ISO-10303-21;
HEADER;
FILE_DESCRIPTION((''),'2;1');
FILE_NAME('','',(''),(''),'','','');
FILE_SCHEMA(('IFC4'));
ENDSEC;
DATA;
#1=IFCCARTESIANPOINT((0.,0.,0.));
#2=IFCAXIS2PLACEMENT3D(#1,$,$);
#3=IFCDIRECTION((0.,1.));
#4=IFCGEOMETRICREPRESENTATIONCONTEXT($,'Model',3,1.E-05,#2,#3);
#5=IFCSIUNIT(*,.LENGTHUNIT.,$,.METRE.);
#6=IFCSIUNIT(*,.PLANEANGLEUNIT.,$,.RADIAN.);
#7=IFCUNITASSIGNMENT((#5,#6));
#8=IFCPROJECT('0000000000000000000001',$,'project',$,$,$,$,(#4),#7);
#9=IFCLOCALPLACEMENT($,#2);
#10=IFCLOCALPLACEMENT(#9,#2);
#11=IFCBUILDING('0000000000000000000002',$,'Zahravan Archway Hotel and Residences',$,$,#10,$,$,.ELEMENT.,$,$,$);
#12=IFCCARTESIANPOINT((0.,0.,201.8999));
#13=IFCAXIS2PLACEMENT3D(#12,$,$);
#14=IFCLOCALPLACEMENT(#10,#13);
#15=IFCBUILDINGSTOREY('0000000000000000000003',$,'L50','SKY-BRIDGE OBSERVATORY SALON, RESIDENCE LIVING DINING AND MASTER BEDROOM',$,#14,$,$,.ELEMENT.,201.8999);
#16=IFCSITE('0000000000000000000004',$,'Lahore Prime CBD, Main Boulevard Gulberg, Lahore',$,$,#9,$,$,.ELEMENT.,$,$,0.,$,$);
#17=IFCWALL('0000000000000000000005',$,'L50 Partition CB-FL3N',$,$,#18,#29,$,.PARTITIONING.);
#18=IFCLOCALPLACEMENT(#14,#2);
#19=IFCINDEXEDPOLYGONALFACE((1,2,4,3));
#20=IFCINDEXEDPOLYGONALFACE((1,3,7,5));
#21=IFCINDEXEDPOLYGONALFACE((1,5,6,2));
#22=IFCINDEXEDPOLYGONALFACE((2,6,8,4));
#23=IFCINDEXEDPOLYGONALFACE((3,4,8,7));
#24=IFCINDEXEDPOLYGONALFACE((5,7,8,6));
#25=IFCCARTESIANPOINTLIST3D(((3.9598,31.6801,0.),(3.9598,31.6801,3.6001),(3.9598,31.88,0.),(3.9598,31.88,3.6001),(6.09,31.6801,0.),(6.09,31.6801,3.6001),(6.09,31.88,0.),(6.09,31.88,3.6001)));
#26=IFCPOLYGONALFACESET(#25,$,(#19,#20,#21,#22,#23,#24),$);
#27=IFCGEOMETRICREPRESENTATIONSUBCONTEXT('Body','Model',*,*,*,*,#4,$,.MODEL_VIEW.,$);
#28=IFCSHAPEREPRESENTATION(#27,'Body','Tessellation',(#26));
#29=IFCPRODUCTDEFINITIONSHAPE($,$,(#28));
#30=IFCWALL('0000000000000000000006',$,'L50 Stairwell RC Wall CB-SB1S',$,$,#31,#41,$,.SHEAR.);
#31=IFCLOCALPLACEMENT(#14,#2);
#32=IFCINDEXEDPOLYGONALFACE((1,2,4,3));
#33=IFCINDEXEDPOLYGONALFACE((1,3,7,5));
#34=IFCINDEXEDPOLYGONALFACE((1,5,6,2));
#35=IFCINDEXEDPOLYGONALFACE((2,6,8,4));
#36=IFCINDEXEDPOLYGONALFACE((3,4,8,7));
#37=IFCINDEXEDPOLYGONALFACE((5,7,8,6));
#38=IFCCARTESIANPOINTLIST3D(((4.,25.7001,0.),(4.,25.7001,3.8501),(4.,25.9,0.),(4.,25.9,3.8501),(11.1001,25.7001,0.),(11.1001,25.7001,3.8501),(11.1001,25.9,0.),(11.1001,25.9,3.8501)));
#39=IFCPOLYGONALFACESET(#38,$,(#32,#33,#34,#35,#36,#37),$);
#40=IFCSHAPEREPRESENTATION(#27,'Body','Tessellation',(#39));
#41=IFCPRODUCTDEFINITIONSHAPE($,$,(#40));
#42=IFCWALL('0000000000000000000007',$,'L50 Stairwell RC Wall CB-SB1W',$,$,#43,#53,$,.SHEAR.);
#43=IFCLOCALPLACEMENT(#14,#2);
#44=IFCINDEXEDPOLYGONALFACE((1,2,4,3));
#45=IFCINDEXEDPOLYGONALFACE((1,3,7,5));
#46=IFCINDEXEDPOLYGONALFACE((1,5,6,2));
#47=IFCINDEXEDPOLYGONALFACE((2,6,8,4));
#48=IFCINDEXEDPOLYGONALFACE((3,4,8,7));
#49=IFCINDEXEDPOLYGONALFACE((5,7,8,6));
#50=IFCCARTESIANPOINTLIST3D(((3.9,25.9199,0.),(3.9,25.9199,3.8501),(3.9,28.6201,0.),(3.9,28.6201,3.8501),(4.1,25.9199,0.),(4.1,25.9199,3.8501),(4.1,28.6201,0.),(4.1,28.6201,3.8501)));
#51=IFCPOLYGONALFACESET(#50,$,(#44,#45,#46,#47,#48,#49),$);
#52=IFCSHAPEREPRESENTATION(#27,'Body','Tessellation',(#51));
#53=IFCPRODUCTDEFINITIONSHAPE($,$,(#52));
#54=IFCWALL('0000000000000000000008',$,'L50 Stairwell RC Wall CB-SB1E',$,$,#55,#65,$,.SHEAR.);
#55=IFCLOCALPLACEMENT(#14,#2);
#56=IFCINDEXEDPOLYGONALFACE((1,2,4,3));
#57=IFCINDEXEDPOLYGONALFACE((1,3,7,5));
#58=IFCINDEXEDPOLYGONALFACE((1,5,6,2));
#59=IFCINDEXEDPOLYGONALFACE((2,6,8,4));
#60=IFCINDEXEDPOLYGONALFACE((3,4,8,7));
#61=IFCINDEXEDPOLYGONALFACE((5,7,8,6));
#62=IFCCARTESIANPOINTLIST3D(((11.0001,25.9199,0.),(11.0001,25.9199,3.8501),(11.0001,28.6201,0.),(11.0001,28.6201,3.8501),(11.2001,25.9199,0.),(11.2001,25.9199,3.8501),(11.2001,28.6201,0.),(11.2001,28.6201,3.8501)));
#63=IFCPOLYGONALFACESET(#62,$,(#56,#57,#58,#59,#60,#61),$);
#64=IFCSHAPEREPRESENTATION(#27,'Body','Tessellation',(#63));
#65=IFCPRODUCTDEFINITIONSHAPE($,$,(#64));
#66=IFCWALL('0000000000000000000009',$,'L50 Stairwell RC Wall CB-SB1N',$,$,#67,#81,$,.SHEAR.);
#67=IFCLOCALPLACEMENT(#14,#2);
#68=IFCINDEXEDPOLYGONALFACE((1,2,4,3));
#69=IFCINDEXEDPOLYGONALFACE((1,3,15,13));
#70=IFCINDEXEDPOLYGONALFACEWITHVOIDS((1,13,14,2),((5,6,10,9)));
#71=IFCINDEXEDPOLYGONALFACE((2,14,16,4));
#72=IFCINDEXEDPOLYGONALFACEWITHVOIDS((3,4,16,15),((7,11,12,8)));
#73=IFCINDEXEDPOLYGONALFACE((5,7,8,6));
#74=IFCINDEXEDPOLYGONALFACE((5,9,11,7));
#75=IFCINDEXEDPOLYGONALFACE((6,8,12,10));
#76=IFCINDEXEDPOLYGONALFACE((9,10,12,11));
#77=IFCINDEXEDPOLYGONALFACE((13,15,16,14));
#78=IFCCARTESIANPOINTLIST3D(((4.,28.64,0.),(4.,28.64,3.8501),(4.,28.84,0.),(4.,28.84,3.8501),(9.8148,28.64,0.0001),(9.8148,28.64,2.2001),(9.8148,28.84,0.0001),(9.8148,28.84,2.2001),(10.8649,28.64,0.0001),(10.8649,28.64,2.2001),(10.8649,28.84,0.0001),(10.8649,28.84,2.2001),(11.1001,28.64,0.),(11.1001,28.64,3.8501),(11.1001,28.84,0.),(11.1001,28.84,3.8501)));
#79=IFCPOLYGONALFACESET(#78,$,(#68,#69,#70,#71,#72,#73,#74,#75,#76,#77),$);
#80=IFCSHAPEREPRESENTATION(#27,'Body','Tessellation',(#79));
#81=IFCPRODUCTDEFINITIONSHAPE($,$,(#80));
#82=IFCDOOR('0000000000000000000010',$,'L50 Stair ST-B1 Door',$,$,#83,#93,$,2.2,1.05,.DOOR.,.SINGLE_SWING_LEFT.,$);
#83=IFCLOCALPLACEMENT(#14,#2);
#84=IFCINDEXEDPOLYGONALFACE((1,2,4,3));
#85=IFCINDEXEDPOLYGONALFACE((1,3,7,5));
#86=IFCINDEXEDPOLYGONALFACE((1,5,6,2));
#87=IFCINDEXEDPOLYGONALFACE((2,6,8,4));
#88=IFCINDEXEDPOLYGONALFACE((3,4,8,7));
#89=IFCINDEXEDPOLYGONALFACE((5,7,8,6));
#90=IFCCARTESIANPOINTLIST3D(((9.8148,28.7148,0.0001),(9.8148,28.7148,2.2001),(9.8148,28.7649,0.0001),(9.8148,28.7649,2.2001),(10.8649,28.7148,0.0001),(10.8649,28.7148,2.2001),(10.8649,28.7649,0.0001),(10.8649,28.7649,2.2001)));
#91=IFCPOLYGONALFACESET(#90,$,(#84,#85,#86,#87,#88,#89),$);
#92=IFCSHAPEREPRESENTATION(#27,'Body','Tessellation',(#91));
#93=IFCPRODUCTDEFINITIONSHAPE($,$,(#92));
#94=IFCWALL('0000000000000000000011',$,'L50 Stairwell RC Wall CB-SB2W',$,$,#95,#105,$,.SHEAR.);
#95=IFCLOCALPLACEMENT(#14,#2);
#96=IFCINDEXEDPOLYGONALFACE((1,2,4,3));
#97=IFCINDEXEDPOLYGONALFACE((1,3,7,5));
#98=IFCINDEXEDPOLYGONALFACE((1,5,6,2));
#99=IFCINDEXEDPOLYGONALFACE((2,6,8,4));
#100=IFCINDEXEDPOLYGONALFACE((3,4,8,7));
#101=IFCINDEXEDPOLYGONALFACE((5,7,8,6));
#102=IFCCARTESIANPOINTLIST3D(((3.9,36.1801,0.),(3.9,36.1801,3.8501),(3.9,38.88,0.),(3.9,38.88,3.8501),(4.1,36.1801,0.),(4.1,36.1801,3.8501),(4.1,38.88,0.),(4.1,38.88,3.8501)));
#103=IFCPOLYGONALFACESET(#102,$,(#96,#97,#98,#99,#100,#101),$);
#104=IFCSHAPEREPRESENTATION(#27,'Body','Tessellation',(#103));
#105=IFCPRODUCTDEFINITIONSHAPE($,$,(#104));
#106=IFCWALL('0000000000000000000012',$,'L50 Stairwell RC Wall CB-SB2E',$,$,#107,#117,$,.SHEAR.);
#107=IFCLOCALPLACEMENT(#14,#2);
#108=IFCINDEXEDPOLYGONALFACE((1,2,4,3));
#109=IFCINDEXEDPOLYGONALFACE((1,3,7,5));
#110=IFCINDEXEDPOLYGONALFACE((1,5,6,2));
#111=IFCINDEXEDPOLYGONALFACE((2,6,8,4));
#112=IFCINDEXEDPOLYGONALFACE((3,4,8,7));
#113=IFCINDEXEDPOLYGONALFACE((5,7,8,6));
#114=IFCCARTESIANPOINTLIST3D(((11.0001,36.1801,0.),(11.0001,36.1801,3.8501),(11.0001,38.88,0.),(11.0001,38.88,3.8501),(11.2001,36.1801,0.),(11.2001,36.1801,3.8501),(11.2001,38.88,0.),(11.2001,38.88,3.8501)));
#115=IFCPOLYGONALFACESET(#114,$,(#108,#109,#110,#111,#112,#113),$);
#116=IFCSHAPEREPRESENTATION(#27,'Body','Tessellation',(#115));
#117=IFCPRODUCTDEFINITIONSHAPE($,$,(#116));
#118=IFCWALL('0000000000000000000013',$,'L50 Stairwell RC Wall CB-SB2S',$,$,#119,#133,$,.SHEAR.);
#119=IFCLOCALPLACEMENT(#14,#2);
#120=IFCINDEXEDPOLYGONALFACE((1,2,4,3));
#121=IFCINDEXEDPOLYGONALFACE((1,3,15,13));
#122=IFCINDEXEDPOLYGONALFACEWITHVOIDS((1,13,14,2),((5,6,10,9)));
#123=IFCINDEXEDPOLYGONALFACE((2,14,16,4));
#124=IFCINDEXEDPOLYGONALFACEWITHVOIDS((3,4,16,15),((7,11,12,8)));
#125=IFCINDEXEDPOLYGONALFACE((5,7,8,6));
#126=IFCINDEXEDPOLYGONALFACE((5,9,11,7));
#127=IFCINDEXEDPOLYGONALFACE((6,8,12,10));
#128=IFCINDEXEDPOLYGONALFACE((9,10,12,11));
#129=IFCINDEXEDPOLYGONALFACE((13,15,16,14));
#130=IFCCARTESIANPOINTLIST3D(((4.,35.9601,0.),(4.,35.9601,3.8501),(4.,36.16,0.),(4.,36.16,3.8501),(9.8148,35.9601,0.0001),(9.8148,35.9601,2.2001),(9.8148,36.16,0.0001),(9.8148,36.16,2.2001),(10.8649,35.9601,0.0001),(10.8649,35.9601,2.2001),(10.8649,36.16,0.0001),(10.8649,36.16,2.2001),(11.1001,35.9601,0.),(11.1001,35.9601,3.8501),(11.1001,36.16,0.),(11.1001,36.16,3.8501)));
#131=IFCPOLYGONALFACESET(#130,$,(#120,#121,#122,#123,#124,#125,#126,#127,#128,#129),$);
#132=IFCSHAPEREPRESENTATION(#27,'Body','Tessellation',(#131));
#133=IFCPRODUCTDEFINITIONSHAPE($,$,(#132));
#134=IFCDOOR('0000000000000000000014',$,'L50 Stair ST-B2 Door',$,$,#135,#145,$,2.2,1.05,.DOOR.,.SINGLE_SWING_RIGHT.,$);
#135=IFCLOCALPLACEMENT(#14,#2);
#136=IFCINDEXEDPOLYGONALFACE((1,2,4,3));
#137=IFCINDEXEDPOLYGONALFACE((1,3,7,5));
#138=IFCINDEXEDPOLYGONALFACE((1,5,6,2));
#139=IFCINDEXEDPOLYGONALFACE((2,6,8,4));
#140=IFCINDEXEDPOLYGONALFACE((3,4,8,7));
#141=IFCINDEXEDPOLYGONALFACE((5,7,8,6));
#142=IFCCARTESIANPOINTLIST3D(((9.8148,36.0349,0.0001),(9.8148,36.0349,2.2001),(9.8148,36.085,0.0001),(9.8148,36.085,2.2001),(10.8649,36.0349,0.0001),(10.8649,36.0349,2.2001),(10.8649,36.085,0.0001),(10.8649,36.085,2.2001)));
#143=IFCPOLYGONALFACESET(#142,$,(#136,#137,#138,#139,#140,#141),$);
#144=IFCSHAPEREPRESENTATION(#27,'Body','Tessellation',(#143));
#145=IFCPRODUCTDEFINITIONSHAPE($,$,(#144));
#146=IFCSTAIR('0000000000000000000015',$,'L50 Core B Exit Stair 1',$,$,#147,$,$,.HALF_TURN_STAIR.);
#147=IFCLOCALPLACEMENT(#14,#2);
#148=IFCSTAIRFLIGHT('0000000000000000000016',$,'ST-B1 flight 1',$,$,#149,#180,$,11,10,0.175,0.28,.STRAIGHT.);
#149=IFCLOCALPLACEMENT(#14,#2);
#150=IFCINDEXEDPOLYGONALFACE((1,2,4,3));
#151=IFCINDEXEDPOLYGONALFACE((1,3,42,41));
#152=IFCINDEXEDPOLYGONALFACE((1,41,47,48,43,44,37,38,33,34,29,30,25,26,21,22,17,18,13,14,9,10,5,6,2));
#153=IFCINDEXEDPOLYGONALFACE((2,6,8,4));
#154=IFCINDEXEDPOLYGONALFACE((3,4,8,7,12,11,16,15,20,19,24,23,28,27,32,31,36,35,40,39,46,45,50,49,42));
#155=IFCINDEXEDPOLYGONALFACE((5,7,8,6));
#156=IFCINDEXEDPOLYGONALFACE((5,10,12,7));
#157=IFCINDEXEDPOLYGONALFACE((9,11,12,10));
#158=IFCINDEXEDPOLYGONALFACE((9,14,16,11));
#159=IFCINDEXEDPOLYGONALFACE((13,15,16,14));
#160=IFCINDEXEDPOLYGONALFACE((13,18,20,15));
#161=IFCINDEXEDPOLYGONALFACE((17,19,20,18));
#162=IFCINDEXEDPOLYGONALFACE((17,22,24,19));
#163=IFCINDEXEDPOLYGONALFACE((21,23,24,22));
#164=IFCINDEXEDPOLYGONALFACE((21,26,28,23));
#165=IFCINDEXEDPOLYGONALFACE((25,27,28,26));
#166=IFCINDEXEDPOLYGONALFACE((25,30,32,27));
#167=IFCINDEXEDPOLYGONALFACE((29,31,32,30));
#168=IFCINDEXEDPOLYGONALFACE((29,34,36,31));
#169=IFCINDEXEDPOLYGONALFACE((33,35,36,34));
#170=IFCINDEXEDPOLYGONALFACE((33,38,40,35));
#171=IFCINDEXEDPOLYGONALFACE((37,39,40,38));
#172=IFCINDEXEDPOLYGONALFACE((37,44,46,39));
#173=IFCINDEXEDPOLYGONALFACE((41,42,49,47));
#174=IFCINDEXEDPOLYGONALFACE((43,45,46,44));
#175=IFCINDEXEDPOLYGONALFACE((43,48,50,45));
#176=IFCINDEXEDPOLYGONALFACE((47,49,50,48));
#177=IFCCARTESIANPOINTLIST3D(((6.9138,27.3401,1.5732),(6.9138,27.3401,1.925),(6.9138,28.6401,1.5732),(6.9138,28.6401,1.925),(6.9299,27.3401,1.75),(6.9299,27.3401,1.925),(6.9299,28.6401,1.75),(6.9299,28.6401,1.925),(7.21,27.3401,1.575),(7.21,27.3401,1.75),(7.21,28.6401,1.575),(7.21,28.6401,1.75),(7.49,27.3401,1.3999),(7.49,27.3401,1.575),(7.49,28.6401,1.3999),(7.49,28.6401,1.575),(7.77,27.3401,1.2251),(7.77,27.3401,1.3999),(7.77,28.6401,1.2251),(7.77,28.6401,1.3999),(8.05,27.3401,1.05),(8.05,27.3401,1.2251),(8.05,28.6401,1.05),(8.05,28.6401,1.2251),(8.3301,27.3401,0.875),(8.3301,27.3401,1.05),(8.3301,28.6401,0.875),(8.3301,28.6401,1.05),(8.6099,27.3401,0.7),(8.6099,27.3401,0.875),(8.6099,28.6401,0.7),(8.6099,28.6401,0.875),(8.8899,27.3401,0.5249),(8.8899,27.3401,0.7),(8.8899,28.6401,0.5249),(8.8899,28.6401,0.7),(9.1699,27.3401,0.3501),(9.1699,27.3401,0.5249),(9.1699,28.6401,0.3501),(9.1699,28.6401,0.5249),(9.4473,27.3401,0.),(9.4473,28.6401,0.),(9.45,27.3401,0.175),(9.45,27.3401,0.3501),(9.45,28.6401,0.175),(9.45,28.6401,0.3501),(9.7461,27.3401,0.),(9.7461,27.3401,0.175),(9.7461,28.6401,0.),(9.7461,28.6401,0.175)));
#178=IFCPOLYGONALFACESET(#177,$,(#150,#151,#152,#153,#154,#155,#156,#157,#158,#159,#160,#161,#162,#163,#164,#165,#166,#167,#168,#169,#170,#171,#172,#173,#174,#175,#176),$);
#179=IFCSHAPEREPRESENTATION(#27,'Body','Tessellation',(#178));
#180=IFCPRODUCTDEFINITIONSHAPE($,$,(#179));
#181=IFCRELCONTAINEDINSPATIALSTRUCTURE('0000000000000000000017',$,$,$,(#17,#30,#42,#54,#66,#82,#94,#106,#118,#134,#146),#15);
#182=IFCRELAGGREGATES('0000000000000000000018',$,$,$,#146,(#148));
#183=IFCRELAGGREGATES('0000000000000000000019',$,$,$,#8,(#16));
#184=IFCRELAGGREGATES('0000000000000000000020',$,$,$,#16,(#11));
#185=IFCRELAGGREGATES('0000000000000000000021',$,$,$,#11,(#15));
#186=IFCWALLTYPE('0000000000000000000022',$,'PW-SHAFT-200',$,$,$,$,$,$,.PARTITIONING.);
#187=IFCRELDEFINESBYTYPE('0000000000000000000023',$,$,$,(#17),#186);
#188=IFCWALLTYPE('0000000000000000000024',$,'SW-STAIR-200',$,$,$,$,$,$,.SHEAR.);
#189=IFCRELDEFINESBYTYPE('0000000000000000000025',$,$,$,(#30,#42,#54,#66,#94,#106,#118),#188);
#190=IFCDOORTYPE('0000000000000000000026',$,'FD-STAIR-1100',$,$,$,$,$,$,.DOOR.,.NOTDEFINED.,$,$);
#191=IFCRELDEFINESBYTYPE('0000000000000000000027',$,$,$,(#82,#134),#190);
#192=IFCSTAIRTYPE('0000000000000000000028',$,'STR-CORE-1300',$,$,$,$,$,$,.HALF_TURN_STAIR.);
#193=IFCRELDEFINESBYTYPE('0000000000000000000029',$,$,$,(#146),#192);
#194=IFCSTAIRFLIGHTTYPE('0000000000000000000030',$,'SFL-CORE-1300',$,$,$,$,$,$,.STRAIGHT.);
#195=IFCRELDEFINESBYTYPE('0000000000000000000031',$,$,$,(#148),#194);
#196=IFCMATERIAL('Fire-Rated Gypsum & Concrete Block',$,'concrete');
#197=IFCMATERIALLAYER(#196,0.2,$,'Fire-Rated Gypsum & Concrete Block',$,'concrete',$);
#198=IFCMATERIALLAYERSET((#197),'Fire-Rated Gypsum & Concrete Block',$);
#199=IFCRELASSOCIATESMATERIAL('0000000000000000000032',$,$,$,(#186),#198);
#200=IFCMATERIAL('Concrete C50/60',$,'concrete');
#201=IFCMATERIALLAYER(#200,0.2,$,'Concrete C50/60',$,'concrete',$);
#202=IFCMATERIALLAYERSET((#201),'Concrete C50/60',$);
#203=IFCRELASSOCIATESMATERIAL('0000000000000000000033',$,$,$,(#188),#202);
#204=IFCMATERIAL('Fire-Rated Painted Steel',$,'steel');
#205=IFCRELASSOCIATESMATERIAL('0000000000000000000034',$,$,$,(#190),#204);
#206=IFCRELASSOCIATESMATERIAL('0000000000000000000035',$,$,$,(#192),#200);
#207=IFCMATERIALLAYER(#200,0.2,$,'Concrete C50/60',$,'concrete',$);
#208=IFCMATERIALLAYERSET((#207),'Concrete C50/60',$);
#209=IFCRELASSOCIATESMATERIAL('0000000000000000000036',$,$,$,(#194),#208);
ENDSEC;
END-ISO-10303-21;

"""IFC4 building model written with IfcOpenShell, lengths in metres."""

from ifc_helpers import new_model, si_unit, direction, frame, frame_2d, origin, place, context, subcontext, project, spatial, polyline, rectangle, outline, extrude, source, transform, mapped, material, layer, layer_set, type_object, type_shapes, element, fill, aggregate, save


model = new_model("IFC4")

# Units and contexts
model_context = context("Model", 3, precision=1e-05, world=origin(), true_north=direction((0.0, 1.0)))
body_context = subcontext(model_context, "Body", "Model", "MODEL_VIEW")
ifc_project = project(units=[si_unit("LENGTHUNIT", "METRE"), si_unit("PLANEANGLEUNIT", "RADIAN")], contexts=[model_context])

# Site, building, storey
site_placement = place(None, origin())
site = spatial("IfcSite", under=ifc_project, at=site_placement, Name="Lahore Prime CBD, Main Boulevard Gulberg, Lahore", CompositionType="ELEMENT", RefElevation=0.0)
building_placement = place(site_placement, origin())
building = spatial("IfcBuilding", under=site, at=building_placement, Name="Zahravan Archway Hotel and Residences", CompositionType="ELEMENT")
storey_placement = place(building_placement, frame((0.0, 0.0, 201.8999)))
storey = spatial("IfcBuildingStorey", under=building, at=storey_placement, Name="L50", Description="SKY-BRIDGE OBSERVATORY SALON, RESIDENCE LIVING DINING AND MASTER BEDROOM", CompositionType="ELEMENT", Elevation=201.8999)

# Shared definitions
ifc_material_1 = material(Name="Fire-Rated Painted Steel", Category="steel")

# Shared definitions
ifc_material_2 = material(Name="Fire-Rated Gypsum & Concrete Block", Category="concrete")
ifc_layer_1 = layer(ifc_material_2, 0.2, Name="Fire-Rated Gypsum & Concrete Block", Category="concrete")
ifc_layer_set_1 = layer_set([ifc_layer_1], Name="Fire-Rated Gypsum & Concrete Block")
wall_type_1 = type_object("IfcWallType", Name="PW-SHAFT-200", PredefinedType="PARTITIONING", material=ifc_layer_set_1)

# Walls
wall_1_placement = place(storey_placement, frame((3.96, 31.78, 0.0), z_axis=(0.0, 0.0, 1.0), x_axis=(1.0, 0.0, 0.0)))
element("IfcWall", 1, at=wall_1_placement, inside=storey, type_object=wall_type_1, Name="L50 Partition CB-FL3N", PredefinedType="PARTITIONING", context=body_context, shape_type="SweptSolid", body=[
    extrude(rectangle(XDim=2.1301, YDim=0.2, at=frame_2d((1.0649, 0.0))), origin(), (0.0, 0.0, 1.0), 3.6001),
])
ifc_material_3 = material(Name="Concrete C50/60", Category="concrete")
ifc_layer_2 = layer(ifc_material_3, 0.2, Name="Concrete C50/60", Category="concrete")
ifc_layer_set_2 = layer_set([ifc_layer_2], Name="Concrete C50/60")
wall_type_2 = type_object("IfcWallType", Name="SW-STAIR-200", PredefinedType="SHEAR", material=ifc_layer_set_2)
wall_2_placement = place(storey_placement, frame((4.0, 25.8, 0.0), z_axis=(0.0, 0.0, 1.0), x_axis=(1.0, 0.0, 0.0)))
element("IfcWall", 2, at=wall_2_placement, inside=storey, type_object=wall_type_2, Name="L50 Stairwell RC Wall CB-SB1S", PredefinedType="SHEAR", context=body_context, shape_type="SweptSolid", body=[
    extrude(rectangle(XDim=7.1001, YDim=0.2, at=frame_2d((3.55, 0.0))), origin(), (0.0, 0.0, 1.0), 3.8501),
])
for number, where, z_axis, x_axis, name in (
    (3, (4.0, 25.9199, 0.0), (0.0, 0.0, 1.0), (0.0, 1.0, 0.0), "L50 Stairwell RC Wall CB-SB1W"),
    (4, (11.1001, 25.9199, 0.0), (0.0, 0.0, 1.0), (0.0, 1.0, 0.0), "L50 Stairwell RC Wall CB-SB1E"),
):
    element("IfcWall", number, at=place(storey_placement, frame(where, z_axis=z_axis, x_axis=x_axis)), inside=storey, type_object=wall_type_2, Name=name, PredefinedType="SHEAR", context=body_context, shape_type="SweptSolid", body=[
        extrude(rectangle(XDim=2.7002, YDim=0.2, at=frame_2d((1.3501, 0.0))), origin(), (0.0, 0.0, 1.0), 3.8501),
    ])

# Wall, opening, door
wall_3_placement = place(storey_placement, frame((4.0, 28.74, 0.0), z_axis=(0.0, 0.0, 1.0), x_axis=(1.0, 0.0, 0.0)))
wall_3 = element("IfcWall", 5, at=wall_3_placement, inside=storey, type_object=wall_type_2, Name="L50 Stairwell RC Wall CB-SB1N", PredefinedType="SHEAR", context=body_context, shape_type="SweptSolid", body=[
    extrude(rectangle(XDim=7.1001, YDim=0.2, at=frame_2d((3.55, 0.0))), origin(), (0.0, 0.0, 1.0), 3.8501),
])
opening_1_placement = place(wall_3_placement, frame((5.8149, 0.0, 0.0)))
opening_1 = element("IfcOpeningElement", 6, at=opening_1_placement, cuts=wall_3, PredefinedType="OPENING", context=body_context, shape_type="SweptSolid", body=[
    extrude(rectangle(XDim=1.05, YDim=2.2, at=frame_2d((0.5249, 1.1001))), frame((0.0, 0.1099, 0.0), z_axis=(0.0, -1.0, 0.0), x_axis=(1.0, 0.0, 0.0)), (0.0, 0.0, 1.0), 0.22),
])
door_type_1 = type_object("IfcDoorType", Name="FD-STAIR-1100", OperationType="NOTDEFINED", PredefinedType="DOOR", material=ifc_material_1)
shared_shape_1 = source(origin(), body_context, "Body", "SweptSolid", [
    extrude(rectangle(XDim=1.05, YDim=2.2, at=frame_2d((0.5249, 1.1001))), frame((0.0, 0.0249, 0.0), z_axis=(0.0, -1.0, 0.0), x_axis=(1.0, 0.0, 0.0)), (0.0, 0.0, 1.0), 0.05),
])
type_shapes(door_type_1, [shared_shape_1])
door_1_placement = place(opening_1_placement, origin())
door_1 = element("IfcDoor", 7, at=door_1_placement, inside=storey, type_object=door_type_1, Name="L50 Stair ST-B1 Door", OperationType="SINGLE_SWING_LEFT", OverallHeight=2.2, OverallWidth=1.05, PredefinedType="DOOR", context=body_context, shape_type="MappedRepresentation", body=[
    mapped(shared_shape_1, transform((0.0, 0.0, 0.0), scale=1.0)),
])
fill(opening_1, door_1)

# Walls
for number, where, z_axis, x_axis, name in (
    (8, (4.0, 36.1799, 0.0), (0.0, 0.0, 1.0), (0.0, 1.0, 0.0), "L50 Stairwell RC Wall CB-SB2W"),
    (9, (11.1001, 36.1799, 0.0), (0.0, 0.0, 1.0), (0.0, 1.0, 0.0), "L50 Stairwell RC Wall CB-SB2E"),
):
    element("IfcWall", number, at=place(storey_placement, frame(where, z_axis=z_axis, x_axis=x_axis)), inside=storey, type_object=wall_type_2, Name=name, PredefinedType="SHEAR", context=body_context, shape_type="SweptSolid", body=[
        extrude(rectangle(XDim=2.7, YDim=0.2, at=frame_2d((1.3501, 0.0))), origin(), (0.0, 0.0, 1.0), 3.8501),
    ])

# Wall, opening, door
wall_4_placement = place(storey_placement, frame((4.0, 36.0601, 0.0), z_axis=(0.0, 0.0, 1.0), x_axis=(1.0, 0.0, 0.0)))
wall_4 = element("IfcWall", 10, at=wall_4_placement, inside=storey, type_object=wall_type_2, Name="L50 Stairwell RC Wall CB-SB2S", PredefinedType="SHEAR", context=body_context, shape_type="SweptSolid", body=[
    extrude(rectangle(XDim=7.1001, YDim=0.2, at=frame_2d((3.55, 0.0))), origin(), (0.0, 0.0, 1.0), 3.8501),
])
opening_2_placement = place(wall_4_placement, frame((5.8149, 0.0, 0.0)))
opening_2 = element("IfcOpeningElement", 11, at=opening_2_placement, cuts=wall_4, PredefinedType="OPENING", context=body_context, shape_type="SweptSolid", body=[
    extrude(rectangle(XDim=1.05, YDim=2.2, at=frame_2d((0.5249, 1.1001))), frame((0.0, 0.1099, 0.0), z_axis=(0.0, -1.0, 0.0), x_axis=(1.0, 0.0, 0.0)), (0.0, 0.0, 1.0), 0.22),
])
door_2_placement = place(opening_2_placement, origin())
door_2 = element("IfcDoor", 12, at=door_2_placement, inside=storey, type_object=door_type_1, Name="L50 Stair ST-B2 Door", OperationType="SINGLE_SWING_RIGHT", OverallHeight=2.2, OverallWidth=1.05, PredefinedType="DOOR", context=body_context, shape_type="MappedRepresentation", body=[
    mapped(shared_shape_1, transform((0.0, 0.0, 0.0), scale=1.0)),
])
fill(opening_2, door_2)

# Stair, stair flight
stair_type = type_object("IfcStairType", Name="STR-CORE-1300", PredefinedType="HALF_TURN_STAIR", material=ifc_material_3)
stair_placement = place(storey_placement, origin())
stair = element("IfcStair", 13, at=stair_placement, inside=storey, type_object=stair_type, Name="L50 Core B Exit Stair 1", PredefinedType="HALF_TURN_STAIR")
ifc_layer_3 = layer(ifc_material_3, 0.2, Name="Concrete C50/60", Category="concrete")
ifc_layer_set_3 = layer_set([ifc_layer_3], Name="Concrete C50/60")
stair_flight_type = type_object("IfcStairFlightType", Name="SFL-CORE-1300", PredefinedType="STRAIGHT", material=ifc_layer_set_3)
shared_shape_2 = source(origin(), body_context, "Body", "SweptSolid", [
    extrude(outline(polyline([(-0.0161, 0.0), (-0.0161, 0.175), (0.28, 0.175), (0.28, 0.3501), (0.5601, 0.3501), (0.5601, 0.5249), (0.8401, 0.5249), (0.8401, 0.7), (1.1201, 0.7), (1.1201, 0.875), (1.3999, 0.875), (1.3999, 1.05), (1.6799, 1.05), (1.6799, 1.2251), (1.96, 1.2251), (1.96, 1.3999), (2.24, 1.3999), (2.24, 1.575), (2.52, 1.575), (2.52, 1.75), (2.8, 1.75), (2.8, 1.925), (2.8162, 1.925), (2.8162, 1.5732), (0.2827, 0.0), (-0.0161, 0.0)])), frame((0.0, 0.6499, 0.0), z_axis=(0.0, -1.0, 0.0), x_axis=(1.0, 0.0, 0.0)), (0.0, 0.0, 1.0), 1.3),
])
stair_flight_1_placement = place(storey_placement, frame((9.73, 27.99, 0.0), z_axis=(0.0, 0.0, 1.0), x_axis=(-1.0, 0.0, 0.0)))
stair_flight_1 = element("IfcStairFlight", 14, at=stair_flight_1_placement, type_object=stair_flight_type, Name="ST-B1 flight 1", NumberOfRisers=11, NumberOfTreads=10, PredefinedType="STRAIGHT", RiserHeight=0.175, TreadLength=0.28, context=body_context, shape_type="MappedRepresentation", body=[
    mapped(shared_shape_2, transform((0.0, 0.0, 0.0), scale=1.0)),
])
aggregate(stair, [stair_flight_1])

save(model, "model.ifc")
